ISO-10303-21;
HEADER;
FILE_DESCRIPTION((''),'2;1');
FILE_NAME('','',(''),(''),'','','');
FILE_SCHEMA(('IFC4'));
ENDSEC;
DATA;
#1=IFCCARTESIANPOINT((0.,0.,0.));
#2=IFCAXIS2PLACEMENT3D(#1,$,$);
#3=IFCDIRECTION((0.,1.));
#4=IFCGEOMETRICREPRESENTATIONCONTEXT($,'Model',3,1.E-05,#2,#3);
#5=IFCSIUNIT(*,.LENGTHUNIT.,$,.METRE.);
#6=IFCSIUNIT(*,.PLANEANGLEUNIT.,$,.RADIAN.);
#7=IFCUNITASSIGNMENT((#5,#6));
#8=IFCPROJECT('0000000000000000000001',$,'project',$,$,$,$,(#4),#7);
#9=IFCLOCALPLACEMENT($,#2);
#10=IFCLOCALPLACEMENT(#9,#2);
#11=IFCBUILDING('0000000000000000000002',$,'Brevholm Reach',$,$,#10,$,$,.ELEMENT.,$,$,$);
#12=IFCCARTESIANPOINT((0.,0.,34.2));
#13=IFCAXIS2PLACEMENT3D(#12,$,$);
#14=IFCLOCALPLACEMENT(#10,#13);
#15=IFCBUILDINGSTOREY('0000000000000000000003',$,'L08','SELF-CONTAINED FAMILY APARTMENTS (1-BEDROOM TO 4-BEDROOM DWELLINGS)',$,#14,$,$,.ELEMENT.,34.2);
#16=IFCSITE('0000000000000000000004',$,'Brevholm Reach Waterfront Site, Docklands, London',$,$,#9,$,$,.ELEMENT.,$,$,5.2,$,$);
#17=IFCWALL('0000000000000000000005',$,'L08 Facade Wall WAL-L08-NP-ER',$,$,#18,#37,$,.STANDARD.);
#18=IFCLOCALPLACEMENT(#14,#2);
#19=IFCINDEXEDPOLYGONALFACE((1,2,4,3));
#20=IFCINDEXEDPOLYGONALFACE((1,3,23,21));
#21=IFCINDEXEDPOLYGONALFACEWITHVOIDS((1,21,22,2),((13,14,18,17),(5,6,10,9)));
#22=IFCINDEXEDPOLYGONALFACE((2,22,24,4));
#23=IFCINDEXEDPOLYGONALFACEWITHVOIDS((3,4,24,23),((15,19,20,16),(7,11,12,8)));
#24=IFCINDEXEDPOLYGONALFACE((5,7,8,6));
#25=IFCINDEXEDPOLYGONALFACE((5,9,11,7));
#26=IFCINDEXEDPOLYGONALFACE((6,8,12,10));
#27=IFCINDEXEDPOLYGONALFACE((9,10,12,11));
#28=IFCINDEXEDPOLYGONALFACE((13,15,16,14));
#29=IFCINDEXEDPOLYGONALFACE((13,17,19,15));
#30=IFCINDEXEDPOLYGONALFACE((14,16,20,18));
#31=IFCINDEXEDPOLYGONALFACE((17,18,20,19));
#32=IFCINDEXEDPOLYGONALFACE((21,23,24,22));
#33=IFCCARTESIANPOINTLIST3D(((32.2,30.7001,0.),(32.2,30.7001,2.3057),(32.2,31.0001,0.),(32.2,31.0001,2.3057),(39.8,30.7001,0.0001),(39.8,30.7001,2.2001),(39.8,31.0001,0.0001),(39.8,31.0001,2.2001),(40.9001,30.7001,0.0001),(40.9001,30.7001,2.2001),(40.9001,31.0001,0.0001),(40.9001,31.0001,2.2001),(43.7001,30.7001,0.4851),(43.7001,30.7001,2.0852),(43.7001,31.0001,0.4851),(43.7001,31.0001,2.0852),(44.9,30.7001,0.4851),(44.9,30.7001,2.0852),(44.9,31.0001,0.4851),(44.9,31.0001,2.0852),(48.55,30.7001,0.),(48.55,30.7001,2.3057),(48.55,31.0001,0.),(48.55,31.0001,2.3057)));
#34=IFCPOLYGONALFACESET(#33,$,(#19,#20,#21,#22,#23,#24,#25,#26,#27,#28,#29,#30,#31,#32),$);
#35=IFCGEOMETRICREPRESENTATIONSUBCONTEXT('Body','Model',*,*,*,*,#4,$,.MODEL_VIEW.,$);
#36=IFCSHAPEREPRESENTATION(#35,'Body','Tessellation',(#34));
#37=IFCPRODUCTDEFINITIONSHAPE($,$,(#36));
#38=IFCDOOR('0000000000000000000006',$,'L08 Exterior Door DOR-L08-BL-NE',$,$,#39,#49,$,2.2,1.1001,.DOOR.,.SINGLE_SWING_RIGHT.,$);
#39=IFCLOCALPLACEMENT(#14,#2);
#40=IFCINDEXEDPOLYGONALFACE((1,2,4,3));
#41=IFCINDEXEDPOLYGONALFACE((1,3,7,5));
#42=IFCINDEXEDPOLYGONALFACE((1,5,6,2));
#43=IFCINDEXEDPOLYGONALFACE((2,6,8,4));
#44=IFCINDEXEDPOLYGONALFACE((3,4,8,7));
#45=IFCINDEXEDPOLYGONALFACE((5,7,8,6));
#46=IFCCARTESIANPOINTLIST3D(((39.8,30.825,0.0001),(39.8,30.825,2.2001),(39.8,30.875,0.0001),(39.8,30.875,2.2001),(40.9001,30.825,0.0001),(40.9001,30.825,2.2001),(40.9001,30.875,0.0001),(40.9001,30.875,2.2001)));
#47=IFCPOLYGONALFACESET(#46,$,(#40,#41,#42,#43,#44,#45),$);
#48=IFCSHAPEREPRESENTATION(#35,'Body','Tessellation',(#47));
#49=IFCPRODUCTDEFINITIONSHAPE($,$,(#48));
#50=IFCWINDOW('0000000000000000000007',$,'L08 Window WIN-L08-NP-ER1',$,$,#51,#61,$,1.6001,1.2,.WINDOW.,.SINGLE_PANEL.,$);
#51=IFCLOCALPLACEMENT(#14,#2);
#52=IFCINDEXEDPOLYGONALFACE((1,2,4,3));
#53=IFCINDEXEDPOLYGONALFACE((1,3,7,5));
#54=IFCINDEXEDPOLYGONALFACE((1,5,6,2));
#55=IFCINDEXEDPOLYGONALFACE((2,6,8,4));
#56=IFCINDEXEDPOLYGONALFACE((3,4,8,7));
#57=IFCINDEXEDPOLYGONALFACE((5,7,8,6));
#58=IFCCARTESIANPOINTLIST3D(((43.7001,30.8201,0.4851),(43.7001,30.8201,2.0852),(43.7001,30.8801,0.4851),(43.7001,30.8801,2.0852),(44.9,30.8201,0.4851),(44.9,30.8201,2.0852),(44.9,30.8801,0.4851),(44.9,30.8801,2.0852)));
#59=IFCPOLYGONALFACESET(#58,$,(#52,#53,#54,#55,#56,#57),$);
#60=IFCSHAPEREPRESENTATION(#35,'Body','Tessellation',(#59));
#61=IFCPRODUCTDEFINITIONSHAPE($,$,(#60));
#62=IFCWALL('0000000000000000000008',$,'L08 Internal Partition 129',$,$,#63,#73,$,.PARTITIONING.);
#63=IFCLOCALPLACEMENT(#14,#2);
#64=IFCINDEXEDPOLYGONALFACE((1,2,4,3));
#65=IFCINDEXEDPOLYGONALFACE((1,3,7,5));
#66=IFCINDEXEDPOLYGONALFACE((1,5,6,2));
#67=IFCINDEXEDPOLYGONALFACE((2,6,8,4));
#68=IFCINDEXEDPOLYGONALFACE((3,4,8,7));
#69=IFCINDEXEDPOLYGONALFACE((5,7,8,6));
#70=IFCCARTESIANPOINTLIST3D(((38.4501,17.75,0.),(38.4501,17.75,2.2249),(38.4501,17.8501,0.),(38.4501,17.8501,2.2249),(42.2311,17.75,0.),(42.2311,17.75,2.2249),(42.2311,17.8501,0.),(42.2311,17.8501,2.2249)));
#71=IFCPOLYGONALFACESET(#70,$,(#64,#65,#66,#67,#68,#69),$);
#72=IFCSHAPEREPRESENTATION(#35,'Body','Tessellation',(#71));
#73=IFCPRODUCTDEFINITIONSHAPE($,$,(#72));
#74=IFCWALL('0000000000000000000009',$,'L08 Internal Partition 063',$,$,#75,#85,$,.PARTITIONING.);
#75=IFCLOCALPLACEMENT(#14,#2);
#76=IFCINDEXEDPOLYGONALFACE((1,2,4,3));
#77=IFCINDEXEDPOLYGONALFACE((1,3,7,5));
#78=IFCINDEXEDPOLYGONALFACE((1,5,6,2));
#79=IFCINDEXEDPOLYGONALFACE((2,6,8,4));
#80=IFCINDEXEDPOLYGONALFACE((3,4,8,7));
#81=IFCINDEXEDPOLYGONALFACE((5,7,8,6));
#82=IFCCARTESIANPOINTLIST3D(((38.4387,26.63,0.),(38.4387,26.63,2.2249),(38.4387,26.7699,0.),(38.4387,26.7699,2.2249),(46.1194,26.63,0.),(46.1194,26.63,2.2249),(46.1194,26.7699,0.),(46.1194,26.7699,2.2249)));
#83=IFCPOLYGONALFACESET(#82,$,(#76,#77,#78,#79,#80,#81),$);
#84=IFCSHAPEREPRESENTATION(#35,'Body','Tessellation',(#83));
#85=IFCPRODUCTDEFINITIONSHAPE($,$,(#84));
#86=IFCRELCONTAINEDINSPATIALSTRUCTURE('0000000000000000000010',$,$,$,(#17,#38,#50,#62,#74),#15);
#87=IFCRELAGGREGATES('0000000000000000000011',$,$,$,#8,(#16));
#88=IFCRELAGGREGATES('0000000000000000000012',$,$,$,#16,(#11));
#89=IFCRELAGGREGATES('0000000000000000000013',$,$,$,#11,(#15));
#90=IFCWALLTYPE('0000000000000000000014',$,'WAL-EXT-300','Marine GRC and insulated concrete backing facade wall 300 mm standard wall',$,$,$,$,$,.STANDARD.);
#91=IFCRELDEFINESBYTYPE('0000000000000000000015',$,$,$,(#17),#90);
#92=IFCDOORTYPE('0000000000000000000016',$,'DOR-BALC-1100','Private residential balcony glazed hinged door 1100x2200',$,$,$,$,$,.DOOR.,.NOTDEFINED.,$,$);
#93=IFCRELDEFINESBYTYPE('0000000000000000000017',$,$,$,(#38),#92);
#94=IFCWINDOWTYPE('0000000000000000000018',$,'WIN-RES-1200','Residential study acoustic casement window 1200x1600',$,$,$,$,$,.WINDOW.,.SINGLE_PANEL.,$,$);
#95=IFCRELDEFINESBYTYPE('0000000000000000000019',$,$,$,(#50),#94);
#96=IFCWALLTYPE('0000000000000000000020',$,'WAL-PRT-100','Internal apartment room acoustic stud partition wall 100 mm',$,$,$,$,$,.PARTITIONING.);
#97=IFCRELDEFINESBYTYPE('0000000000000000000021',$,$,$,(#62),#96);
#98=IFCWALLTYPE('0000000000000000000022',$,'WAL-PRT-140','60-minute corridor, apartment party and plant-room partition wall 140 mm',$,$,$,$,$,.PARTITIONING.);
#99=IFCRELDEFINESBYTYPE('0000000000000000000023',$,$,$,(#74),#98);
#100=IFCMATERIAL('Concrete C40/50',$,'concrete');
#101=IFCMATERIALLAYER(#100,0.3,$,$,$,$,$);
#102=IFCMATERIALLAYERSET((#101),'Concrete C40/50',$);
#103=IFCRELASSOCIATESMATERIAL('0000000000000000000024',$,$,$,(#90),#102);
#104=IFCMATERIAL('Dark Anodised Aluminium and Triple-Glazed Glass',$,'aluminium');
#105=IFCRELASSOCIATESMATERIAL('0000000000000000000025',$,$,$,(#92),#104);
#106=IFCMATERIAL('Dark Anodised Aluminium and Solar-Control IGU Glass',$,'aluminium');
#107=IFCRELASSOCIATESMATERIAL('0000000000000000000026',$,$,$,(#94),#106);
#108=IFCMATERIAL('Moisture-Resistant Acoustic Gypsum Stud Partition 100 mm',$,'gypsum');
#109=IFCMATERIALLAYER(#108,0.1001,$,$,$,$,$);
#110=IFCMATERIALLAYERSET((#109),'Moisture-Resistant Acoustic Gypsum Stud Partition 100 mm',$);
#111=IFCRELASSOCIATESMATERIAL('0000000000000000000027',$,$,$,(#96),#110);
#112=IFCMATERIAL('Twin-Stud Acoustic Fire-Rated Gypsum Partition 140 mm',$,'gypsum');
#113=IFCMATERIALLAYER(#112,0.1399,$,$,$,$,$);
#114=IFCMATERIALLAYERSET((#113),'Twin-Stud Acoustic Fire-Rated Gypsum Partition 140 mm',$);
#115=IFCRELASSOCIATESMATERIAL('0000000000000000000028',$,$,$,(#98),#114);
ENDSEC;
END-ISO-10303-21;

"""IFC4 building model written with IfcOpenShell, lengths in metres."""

from ifc_helpers import new_model, si_unit, direction, frame, frame_2d, origin, place, context, subcontext, project, spatial, rectangle, extrude, material, layer, layer_set, type_object, element, fill, save


model = new_model("IFC4")

# Units and contexts
model_context = context("Model", 3, precision=1e-05, world=origin(), true_north=direction((0.0, 1.0)))
body_context = subcontext(model_context, "Body", "Model", "MODEL_VIEW")
ifc_project = project(units=[si_unit("LENGTHUNIT", "METRE"), si_unit("PLANEANGLEUNIT", "RADIAN")], contexts=[model_context])

# Site, building, storey
site_placement = place(None, origin())
site = spatial("IfcSite", under=ifc_project, at=site_placement, Name="Brevholm Reach Waterfront Site, Docklands, London", CompositionType="ELEMENT", RefElevation=5.2)
building_placement = place(site_placement, origin())
building = spatial("IfcBuilding", under=site, at=building_placement, Name="Brevholm Reach", CompositionType="ELEMENT")
storey_placement = place(building_placement, frame((0.0, 0.0, 34.2)))
storey = spatial("IfcBuildingStorey", under=building, at=storey_placement, Name="L08", Description="SELF-CONTAINED FAMILY APARTMENTS (1-BEDROOM TO 4-BEDROOM DWELLINGS)", CompositionType="ELEMENT", Elevation=34.2)

# Wall, openings, door, window
ifc_material_1 = material(Name="Concrete C40/50", Category="concrete")
ifc_layer_1 = layer(ifc_material_1, 0.3)
ifc_layer_set_1 = layer_set([ifc_layer_1], Name="Concrete C40/50")
wall_type_1 = type_object("IfcWallType", Name="WAL-EXT-300", Description="Marine GRC and insulated concrete backing facade wall 300 mm standard wall", PredefinedType="STANDARD", material=ifc_layer_set_1)
wall_1_placement = place(storey_placement, frame((32.2, 30.8501, 0.0), z_axis=(0.0, 0.0, 1.0), x_axis=(1.0, 0.0, 0.0)))
wall_1 = element("IfcWall", 1, at=wall_1_placement, inside=storey, type_object=wall_type_1, Name="L08 Facade Wall WAL-L08-NP-ER", PredefinedType="STANDARD", context=body_context, shape_type="SweptSolid", body=[
    extrude(rectangle(XDim=16.3501, YDim=0.3, at=frame_2d((8.175, 0.0))), origin(), (0.0, 0.0, 1.0), 2.3057),
])
opening_1_placement = place(wall_1_placement, frame((7.6001, 0.0, 0.0)))
opening_1 = element("IfcOpeningElement", 2, at=opening_1_placement, cuts=wall_1, PredefinedType="OPENING", context=body_context, shape_type="SweptSolid", body=[
    extrude(rectangle(XDim=1.1001, YDim=2.2, at=frame_2d((0.55, 1.1001))), frame((0.0, 0.1599, 0.0), z_axis=(0.0, -1.0, 0.0), x_axis=(1.0, 0.0, 0.0)), (0.0, 0.0, 1.0), 0.3201),
])
opening_2_placement = place(wall_1_placement, frame((11.5, 0.0, 0.4851)))
opening_2 = element("IfcOpeningElement", 3, at=opening_2_placement, cuts=wall_1, PredefinedType="OPENING", context=body_context, shape_type="SweptSolid", body=[
    extrude(rectangle(XDim=1.2, YDim=1.6001, at=frame_2d((0.6001, 0.8))), frame((0.0, 0.1599, 0.0), z_axis=(0.0, -1.0, 0.0), x_axis=(1.0, 0.0, 0.0)), (0.0, 0.0, 1.0), 0.3201),
])
ifc_material_2 = material(Name="Dark Anodised Aluminium and Triple-Glazed Glass", Category="aluminium")
door_type = type_object("IfcDoorType", Name="DOR-BALC-1100", Description="Private residential balcony glazed hinged door 1100x2200", OperationType="NOTDEFINED", PredefinedType="DOOR", material=ifc_material_2)
door_placement = place(opening_1_placement, origin())
door = element("IfcDoor", 4, at=door_placement, inside=storey, type_object=door_type, Name="L08 Exterior Door DOR-L08-BL-NE", OperationType="SINGLE_SWING_RIGHT", OverallHeight=2.2, OverallWidth=1.1001, PredefinedType="DOOR", context=body_context, shape_type="SweptSolid", body=[
    extrude(rectangle(XDim=1.1001, YDim=2.2, at=frame_2d((0.55, 1.1001))), frame((0.0, 0.0249, 0.0), z_axis=(0.0, -1.0, 0.0), x_axis=(1.0, 0.0, 0.0)), (0.0, 0.0, 1.0), 0.05),
])
fill(opening_1, door)
ifc_material_3 = material(Name="Dark Anodised Aluminium and Solar-Control IGU Glass", Category="aluminium")
window_type = type_object("IfcWindowType", Name="WIN-RES-1200", Description="Residential study acoustic casement window 1200x1600", PartitioningType="SINGLE_PANEL", PredefinedType="WINDOW", material=ifc_material_3)
window_placement = place(opening_2_placement, origin())
window = element("IfcWindow", 5, at=window_placement, inside=storey, type_object=window_type, Name="L08 Window WIN-L08-NP-ER1", OverallHeight=1.6001, OverallWidth=1.2, PartitioningType="SINGLE_PANEL", PredefinedType="WINDOW", context=body_context, shape_type="SweptSolid", body=[
    extrude(rectangle(XDim=1.2, YDim=1.6001, at=frame_2d((0.6001, 0.8))), frame((0.0, 0.03, 0.0), z_axis=(0.0, -1.0, 0.0), x_axis=(1.0, 0.0, 0.0)), (0.0, 0.0, 1.0), 0.0601),
])
fill(opening_2, window)

# Walls
ifc_material_4 = material(Name="Moisture-Resistant Acoustic Gypsum Stud Partition 100 mm", Category="gypsum")
ifc_layer_2 = layer(ifc_material_4, 0.1001)
ifc_layer_set_2 = layer_set([ifc_layer_2], Name="Moisture-Resistant Acoustic Gypsum Stud Partition 100 mm")
wall_type_2 = type_object("IfcWallType", Name="WAL-PRT-100", Description="Internal apartment room acoustic stud partition wall 100 mm", PredefinedType="PARTITIONING", material=ifc_layer_set_2)
wall_2_placement = place(storey_placement, frame((38.45, 17.8, 0.0), z_axis=(0.0, 0.0, 1.0), x_axis=(1.0, 0.0, 0.0)))
element("IfcWall", 6, at=wall_2_placement, inside=storey, type_object=wall_type_2, Name="L08 Internal Partition 129", PredefinedType="PARTITIONING", context=body_context, shape_type="SweptSolid", body=[
    extrude(rectangle(XDim=3.781, YDim=0.1001, at=frame_2d((1.8906, 0.0))), origin(), (0.0, 0.0, 1.0), 2.2249),
])
ifc_material_5 = material(Name="Twin-Stud Acoustic Fire-Rated Gypsum Partition 140 mm", Category="gypsum")
ifc_layer_3 = layer(ifc_material_5, 0.1399)
ifc_layer_set_3 = layer_set([ifc_layer_3], Name="Twin-Stud Acoustic Fire-Rated Gypsum Partition 140 mm")
wall_type_3 = type_object("IfcWallType", Name="WAL-PRT-140", Description="60-minute corridor, apartment party and plant-room partition wall 140 mm", PredefinedType="PARTITIONING", material=ifc_layer_set_3)
wall_3_placement = place(storey_placement, frame((38.4387, 26.7, 0.0), z_axis=(0.0, 0.0, 1.0), x_axis=(1.0, 0.0, 0.0)))
element("IfcWall", 7, at=wall_3_placement, inside=storey, type_object=wall_type_3, Name="L08 Internal Partition 063", PredefinedType="PARTITIONING", context=body_context, shape_type="SweptSolid", body=[
    extrude(rectangle(XDim=7.6807, YDim=0.1399, at=frame_2d((3.8403, 0.0))), origin(), (0.0, 0.0, 1.0), 2.2249),
])

save(model, "model.ifc")
